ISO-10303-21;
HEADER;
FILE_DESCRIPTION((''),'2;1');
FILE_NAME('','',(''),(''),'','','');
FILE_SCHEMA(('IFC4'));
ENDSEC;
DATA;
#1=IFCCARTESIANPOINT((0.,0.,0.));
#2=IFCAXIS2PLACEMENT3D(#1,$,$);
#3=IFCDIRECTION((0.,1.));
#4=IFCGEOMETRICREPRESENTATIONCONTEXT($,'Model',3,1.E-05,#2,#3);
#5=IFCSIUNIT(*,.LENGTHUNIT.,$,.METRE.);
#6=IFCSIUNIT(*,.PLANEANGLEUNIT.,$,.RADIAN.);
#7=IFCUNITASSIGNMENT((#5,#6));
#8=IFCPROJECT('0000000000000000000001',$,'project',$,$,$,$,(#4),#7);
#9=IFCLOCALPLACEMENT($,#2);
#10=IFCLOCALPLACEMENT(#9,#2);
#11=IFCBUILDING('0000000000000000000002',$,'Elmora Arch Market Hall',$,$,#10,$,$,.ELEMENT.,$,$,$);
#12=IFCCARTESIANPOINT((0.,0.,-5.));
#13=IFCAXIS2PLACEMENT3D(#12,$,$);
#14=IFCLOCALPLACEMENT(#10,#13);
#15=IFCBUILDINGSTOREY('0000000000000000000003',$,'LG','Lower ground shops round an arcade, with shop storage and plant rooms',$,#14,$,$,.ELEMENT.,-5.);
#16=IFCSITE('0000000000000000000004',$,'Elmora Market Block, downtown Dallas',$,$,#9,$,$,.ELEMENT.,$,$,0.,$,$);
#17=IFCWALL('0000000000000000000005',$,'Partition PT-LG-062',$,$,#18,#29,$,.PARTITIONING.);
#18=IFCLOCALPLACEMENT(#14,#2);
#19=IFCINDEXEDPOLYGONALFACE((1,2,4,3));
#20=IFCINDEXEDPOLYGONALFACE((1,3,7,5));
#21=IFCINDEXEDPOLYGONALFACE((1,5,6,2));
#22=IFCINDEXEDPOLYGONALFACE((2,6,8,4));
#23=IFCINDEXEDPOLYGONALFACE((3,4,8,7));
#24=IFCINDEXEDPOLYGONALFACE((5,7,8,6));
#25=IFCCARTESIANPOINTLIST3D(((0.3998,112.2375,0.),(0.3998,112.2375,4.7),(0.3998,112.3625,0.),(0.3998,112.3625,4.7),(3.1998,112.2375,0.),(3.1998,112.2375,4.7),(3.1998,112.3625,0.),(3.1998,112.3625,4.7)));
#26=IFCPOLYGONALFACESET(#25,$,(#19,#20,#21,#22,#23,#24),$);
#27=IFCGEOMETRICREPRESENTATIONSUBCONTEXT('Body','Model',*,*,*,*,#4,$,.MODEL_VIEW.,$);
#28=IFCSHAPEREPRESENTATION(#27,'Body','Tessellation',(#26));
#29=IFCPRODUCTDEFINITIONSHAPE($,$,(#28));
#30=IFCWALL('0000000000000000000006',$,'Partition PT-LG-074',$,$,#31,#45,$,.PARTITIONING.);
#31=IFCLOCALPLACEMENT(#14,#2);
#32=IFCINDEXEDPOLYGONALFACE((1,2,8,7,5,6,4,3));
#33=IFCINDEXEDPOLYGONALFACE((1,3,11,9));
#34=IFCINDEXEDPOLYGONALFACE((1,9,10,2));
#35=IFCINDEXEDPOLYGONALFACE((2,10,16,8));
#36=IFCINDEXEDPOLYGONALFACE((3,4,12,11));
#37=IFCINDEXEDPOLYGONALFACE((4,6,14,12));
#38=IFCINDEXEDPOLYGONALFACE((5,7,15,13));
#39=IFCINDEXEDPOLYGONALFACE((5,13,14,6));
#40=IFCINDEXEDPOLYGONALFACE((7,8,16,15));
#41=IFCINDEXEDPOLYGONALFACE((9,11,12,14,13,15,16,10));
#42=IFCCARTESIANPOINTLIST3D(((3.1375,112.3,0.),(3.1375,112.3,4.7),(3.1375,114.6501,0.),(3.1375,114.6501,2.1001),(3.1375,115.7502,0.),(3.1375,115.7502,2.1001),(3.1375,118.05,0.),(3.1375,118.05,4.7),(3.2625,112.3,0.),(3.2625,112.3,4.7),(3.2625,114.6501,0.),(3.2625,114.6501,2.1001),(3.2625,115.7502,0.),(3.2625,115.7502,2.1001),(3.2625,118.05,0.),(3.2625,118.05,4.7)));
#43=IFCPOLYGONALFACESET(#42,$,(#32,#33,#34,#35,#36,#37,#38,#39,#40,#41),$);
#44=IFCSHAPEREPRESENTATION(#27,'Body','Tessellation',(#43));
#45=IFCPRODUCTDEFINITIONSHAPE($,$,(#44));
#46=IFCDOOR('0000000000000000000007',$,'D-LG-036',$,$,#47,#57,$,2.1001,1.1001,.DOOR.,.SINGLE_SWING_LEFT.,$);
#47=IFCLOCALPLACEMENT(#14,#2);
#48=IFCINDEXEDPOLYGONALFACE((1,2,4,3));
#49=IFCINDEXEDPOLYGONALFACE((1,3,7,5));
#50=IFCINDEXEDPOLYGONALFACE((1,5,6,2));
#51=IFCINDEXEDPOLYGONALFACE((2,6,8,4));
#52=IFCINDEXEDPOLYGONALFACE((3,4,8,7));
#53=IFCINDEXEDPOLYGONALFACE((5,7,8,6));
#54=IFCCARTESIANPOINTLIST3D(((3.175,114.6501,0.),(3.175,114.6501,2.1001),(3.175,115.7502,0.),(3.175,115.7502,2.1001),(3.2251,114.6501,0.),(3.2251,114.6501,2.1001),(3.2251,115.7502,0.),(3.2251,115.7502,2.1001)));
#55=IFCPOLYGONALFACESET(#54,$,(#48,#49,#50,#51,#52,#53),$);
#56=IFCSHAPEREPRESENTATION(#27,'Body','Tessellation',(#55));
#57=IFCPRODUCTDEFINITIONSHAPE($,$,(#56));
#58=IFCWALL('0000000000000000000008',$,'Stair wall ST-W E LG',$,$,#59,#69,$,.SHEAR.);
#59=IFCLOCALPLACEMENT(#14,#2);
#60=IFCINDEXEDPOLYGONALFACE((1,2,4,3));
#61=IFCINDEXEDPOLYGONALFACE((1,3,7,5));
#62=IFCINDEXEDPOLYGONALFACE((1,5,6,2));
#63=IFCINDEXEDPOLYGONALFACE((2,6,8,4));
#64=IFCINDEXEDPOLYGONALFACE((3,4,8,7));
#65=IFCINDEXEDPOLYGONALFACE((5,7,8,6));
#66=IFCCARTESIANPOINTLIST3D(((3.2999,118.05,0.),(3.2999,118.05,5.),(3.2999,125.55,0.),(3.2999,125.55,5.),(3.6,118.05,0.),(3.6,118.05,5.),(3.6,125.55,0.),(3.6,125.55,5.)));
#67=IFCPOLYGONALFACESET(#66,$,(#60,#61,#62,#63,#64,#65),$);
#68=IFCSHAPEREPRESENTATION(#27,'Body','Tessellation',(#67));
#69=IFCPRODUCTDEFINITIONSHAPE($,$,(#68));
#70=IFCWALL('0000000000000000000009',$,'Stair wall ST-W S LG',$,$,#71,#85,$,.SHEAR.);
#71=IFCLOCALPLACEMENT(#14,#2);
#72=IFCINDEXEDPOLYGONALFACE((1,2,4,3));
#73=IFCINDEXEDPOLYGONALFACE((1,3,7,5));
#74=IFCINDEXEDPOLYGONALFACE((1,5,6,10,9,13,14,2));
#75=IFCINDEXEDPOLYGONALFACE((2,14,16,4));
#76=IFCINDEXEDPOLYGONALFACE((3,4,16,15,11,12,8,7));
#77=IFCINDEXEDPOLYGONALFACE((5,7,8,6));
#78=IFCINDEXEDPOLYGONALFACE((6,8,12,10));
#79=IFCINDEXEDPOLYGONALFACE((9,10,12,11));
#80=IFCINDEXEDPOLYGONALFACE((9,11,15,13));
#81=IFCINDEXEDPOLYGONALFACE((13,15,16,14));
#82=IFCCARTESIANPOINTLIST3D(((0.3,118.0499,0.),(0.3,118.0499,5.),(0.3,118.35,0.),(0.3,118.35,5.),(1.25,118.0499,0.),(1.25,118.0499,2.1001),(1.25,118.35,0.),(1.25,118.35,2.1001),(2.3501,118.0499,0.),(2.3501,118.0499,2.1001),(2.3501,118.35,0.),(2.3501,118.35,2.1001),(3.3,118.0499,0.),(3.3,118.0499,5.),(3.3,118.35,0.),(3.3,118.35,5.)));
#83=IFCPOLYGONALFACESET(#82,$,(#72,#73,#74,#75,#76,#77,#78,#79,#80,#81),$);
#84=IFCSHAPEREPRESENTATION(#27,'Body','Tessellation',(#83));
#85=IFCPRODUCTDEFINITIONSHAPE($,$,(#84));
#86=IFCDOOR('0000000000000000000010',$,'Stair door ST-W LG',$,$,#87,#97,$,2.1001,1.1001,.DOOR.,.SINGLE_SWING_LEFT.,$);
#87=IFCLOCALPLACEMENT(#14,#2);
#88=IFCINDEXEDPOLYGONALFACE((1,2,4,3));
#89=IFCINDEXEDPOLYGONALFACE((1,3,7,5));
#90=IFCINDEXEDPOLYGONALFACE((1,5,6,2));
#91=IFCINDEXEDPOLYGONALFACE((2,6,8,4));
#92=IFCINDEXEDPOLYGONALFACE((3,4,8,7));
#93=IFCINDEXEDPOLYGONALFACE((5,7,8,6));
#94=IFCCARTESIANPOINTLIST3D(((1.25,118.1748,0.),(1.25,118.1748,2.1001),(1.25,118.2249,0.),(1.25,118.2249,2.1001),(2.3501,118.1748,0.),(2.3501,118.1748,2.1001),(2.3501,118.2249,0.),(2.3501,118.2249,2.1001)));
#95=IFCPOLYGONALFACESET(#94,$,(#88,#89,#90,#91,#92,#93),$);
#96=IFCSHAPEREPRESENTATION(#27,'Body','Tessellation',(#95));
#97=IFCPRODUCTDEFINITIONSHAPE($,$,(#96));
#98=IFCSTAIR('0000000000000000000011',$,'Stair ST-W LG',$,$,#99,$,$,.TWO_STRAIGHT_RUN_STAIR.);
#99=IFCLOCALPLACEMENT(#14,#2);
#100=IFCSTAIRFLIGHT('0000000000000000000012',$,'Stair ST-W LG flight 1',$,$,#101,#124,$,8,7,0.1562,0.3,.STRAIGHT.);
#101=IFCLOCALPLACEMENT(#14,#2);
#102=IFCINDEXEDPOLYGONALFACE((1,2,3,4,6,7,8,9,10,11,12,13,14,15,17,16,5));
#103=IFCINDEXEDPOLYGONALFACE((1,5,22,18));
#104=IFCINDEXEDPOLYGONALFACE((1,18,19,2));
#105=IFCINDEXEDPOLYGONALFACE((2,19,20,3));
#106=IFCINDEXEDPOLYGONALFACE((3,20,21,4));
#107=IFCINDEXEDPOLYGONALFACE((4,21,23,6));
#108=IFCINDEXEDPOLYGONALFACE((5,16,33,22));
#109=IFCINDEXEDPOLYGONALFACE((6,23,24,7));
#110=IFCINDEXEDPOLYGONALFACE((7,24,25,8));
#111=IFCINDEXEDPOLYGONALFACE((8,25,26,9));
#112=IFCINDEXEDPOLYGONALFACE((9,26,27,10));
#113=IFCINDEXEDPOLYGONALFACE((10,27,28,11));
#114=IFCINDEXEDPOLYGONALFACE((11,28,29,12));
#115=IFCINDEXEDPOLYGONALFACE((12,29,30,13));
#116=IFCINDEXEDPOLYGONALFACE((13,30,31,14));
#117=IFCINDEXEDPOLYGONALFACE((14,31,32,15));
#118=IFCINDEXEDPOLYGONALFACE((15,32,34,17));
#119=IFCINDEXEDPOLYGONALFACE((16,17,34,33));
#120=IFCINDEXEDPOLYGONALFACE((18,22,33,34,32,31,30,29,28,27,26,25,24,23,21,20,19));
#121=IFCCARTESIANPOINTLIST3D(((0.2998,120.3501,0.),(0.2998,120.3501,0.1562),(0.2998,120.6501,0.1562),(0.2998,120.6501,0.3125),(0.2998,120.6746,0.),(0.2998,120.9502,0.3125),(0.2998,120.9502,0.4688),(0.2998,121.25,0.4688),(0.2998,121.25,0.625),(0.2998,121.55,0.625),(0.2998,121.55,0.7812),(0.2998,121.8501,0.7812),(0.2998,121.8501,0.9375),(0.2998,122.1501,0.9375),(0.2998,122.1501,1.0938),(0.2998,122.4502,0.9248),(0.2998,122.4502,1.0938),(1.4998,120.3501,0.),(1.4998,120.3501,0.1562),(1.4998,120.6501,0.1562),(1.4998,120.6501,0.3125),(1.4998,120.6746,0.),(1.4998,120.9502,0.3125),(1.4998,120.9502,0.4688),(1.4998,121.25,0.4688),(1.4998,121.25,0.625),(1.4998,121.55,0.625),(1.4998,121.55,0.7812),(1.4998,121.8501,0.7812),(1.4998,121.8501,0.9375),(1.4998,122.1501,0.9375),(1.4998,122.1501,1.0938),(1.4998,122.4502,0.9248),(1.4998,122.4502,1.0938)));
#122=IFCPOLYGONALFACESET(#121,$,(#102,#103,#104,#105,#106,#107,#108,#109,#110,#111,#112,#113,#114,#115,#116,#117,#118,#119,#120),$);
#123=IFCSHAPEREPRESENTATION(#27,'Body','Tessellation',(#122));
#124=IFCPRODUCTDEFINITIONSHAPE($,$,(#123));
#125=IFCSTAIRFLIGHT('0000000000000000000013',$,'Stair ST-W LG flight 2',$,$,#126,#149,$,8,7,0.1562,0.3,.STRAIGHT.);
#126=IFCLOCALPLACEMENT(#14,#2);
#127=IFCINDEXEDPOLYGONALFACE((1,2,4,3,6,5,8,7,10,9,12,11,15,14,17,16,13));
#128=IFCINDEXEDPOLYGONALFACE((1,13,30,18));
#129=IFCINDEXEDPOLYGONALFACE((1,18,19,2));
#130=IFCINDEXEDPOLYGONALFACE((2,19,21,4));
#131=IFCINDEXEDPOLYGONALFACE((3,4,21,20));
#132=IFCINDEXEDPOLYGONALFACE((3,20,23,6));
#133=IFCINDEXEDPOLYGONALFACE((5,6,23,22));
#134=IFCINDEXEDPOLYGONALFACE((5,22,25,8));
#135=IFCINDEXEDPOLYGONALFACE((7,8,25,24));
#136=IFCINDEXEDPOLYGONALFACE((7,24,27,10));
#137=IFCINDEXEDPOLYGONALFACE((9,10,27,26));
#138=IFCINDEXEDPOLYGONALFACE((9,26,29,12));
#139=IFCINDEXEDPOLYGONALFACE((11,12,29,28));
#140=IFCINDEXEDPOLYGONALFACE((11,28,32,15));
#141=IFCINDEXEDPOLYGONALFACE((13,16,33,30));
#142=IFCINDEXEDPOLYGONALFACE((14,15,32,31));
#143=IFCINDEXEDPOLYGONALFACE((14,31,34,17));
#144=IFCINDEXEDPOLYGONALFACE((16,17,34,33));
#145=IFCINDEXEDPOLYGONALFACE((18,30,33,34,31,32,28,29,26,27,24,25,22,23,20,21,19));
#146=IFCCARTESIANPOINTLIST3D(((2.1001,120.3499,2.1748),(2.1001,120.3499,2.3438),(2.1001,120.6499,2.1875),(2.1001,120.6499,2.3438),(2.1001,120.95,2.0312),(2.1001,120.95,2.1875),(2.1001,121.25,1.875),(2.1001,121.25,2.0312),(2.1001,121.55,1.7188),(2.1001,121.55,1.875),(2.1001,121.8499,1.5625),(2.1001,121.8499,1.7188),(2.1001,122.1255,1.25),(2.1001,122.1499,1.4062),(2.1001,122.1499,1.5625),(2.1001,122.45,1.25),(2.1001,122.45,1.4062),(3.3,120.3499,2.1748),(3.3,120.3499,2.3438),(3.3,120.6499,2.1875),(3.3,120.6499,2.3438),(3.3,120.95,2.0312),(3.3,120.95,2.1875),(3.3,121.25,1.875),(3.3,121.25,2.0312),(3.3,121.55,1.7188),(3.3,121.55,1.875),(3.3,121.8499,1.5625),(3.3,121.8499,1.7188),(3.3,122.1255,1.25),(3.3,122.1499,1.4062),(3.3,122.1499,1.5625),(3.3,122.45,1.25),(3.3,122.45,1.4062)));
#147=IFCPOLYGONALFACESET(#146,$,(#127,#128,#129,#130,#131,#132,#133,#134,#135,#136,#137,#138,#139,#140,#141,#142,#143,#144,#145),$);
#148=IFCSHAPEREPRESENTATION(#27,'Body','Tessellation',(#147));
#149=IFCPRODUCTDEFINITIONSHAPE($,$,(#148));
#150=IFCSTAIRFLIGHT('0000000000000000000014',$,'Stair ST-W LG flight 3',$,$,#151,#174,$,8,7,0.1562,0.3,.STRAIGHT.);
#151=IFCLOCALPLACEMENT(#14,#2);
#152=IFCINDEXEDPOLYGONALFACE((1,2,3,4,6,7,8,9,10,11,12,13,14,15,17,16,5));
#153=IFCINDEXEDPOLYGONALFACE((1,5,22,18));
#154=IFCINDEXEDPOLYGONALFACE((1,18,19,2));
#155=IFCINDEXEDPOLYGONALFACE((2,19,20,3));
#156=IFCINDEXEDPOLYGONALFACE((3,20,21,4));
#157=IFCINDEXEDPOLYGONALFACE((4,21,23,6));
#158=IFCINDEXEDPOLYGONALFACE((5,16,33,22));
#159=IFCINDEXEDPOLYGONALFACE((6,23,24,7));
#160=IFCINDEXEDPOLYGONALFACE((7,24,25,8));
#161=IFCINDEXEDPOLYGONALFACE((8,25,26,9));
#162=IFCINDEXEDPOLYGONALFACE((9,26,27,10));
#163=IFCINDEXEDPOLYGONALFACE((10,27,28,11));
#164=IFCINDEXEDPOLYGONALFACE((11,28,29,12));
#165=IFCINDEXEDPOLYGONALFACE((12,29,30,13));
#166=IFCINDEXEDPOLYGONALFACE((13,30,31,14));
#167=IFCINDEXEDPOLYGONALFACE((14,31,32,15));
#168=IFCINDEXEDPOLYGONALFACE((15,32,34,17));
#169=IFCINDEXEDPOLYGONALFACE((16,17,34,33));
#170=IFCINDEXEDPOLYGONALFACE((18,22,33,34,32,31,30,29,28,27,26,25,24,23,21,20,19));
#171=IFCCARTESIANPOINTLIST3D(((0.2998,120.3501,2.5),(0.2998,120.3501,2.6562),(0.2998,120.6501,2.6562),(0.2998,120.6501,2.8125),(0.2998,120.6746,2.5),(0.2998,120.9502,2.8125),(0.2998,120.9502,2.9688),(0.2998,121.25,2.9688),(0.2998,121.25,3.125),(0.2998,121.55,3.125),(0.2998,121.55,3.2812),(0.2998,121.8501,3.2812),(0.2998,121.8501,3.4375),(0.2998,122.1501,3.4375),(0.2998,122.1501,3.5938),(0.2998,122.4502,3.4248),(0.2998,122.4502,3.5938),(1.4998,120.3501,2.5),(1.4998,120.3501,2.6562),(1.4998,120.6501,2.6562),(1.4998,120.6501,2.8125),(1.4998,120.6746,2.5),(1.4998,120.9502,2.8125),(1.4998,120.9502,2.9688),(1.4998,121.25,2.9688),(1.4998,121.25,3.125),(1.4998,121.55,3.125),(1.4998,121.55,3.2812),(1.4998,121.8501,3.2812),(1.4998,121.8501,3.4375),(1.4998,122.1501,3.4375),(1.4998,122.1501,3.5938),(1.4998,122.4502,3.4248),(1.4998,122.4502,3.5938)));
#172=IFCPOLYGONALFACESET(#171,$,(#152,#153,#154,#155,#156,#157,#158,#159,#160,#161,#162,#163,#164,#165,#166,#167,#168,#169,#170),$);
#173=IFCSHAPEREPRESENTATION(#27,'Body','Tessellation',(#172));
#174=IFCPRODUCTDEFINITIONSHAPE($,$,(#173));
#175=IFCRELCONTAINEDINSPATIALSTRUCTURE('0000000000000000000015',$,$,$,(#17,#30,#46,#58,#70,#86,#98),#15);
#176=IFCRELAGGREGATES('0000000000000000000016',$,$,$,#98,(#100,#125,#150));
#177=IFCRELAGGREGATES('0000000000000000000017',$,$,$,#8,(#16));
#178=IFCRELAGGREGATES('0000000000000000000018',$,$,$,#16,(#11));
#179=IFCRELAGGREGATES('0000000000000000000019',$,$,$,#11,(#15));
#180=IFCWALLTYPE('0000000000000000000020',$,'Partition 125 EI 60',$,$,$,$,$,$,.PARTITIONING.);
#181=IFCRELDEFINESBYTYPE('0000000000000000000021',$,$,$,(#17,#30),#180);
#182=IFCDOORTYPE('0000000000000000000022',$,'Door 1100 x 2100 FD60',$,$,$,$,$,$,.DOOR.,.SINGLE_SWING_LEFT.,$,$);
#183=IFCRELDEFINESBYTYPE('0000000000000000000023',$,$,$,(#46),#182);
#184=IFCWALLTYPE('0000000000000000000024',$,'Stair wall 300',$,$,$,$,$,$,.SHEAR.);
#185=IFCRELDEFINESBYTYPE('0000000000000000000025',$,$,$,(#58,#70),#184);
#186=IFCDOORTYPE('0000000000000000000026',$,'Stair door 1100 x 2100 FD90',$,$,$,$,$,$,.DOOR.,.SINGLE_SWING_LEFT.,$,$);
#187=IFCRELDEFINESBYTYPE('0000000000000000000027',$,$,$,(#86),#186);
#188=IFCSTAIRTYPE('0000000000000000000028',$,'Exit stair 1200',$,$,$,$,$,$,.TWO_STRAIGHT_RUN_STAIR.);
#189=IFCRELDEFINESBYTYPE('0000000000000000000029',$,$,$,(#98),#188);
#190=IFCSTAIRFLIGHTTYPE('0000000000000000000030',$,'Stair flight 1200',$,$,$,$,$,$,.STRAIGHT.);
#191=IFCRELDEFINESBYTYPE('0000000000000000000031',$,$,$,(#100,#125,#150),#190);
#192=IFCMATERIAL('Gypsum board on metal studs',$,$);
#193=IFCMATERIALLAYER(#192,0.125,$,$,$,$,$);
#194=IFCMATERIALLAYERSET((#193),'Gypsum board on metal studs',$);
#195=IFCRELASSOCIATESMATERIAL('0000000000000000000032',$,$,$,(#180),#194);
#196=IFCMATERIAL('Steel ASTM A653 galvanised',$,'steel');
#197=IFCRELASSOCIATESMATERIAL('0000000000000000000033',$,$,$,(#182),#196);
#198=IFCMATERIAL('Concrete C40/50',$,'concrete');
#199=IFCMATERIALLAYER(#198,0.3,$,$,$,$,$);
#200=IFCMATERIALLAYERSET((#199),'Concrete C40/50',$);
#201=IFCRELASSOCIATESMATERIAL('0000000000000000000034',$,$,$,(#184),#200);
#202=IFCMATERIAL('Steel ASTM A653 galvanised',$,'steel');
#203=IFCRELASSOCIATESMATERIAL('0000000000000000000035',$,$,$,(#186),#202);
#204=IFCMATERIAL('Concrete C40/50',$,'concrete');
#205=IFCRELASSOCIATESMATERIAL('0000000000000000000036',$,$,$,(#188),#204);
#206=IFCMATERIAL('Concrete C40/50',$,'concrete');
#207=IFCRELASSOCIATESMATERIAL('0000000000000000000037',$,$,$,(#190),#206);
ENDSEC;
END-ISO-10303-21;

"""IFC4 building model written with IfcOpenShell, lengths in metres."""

from ifc_helpers import new_model, si_unit, direction, frame, frame_2d, origin, place, context, subcontext, project, spatial, polyline, rectangle, outline, extrude, material, layer, layer_set, type_object, element, fill, aggregate, save


model = new_model("IFC4")

# Units and contexts
model_context = context("Model", 3, precision=1e-05, world=origin(), true_north=direction((0.0, 1.0)))
body_context = subcontext(model_context, "Body", "Model", "MODEL_VIEW")
ifc_project = project(units=[si_unit("LENGTHUNIT", "METRE"), si_unit("PLANEANGLEUNIT", "RADIAN")], contexts=[model_context])

# Site, building, storey
site_placement = place(None, origin())
site = spatial("IfcSite", under=ifc_project, at=site_placement, Name="Elmora Market Block, downtown Dallas", CompositionType="ELEMENT", RefElevation=0.0)
building_placement = place(site_placement, origin())
building = spatial("IfcBuilding", under=site, at=building_placement, Name="Elmora Arch Market Hall", CompositionType="ELEMENT")
storey_placement = place(building_placement, frame((0.0, 0.0, -5.0)))
storey = spatial("IfcBuildingStorey", under=building, at=storey_placement, Name="LG", Description="Lower ground shops round an arcade, with shop storage and plant rooms", CompositionType="ELEMENT", Elevation=-5.0)

# Wall
ifc_material_1 = material(Name="Gypsum board on metal studs")
ifc_layer_1 = layer(ifc_material_1, 0.125)
ifc_layer_set_1 = layer_set([ifc_layer_1], Name="Gypsum board on metal studs")
wall_type_1 = type_object("IfcWallType", Name="Partition 125 EI 60", PredefinedType="PARTITIONING", material=ifc_layer_set_1)
wall_1_placement = place(storey_placement, frame((0.3999, 112.3, 0.0), z_axis=(0.0, 0.0, 1.0), x_axis=(1.0, 0.0, 0.0)))
element("IfcWall", 1, at=wall_1_placement, inside=storey, type_object=wall_type_1, Name="Partition PT-LG-062", PredefinedType="PARTITIONING", context=body_context, shape_type="SweptSolid", body=[
    extrude(rectangle(XDim=2.8, YDim=0.125, at=frame_2d((1.3999, 0.0))), origin(), (0.0, 0.0, 1.0), 4.7),
])

# Wall, opening, door
wall_2_placement = place(storey_placement, frame((3.2, 112.3, 0.0), z_axis=(0.0, 0.0, 1.0), x_axis=(0.0, 1.0, 0.0)))
wall_2 = element("IfcWall", 2, at=wall_2_placement, inside=storey, type_object=wall_type_1, Name="Partition PT-LG-074", PredefinedType="PARTITIONING", context=body_context, shape_type="SweptSolid", body=[
    extrude(rectangle(XDim=5.75, YDim=0.125, at=frame_2d((2.875, 0.0))), origin(), (0.0, 0.0, 1.0), 4.7),
])
opening_1_placement = place(wall_2_placement, frame((2.3501, 0.0, 0.0)))
opening_1 = element("IfcOpeningElement", 3, at=opening_1_placement, cuts=wall_2, PredefinedType="OPENING", context=body_context, shape_type="SweptSolid", body=[
    extrude(rectangle(XDim=1.1001, YDim=2.1001, at=frame_2d((0.55, 1.05))), frame((0.0, 0.0725, 0.0), z_axis=(0.0, -1.0, 0.0), x_axis=(1.0, 0.0, 0.0)), (0.0, 0.0, 1.0), 0.145),
])
ifc_material_2 = material(Name="Steel ASTM A653 galvanised", Category="steel")
door_type_1 = type_object("IfcDoorType", Name="Door 1100 x 2100 FD60", OperationType="SINGLE_SWING_LEFT", PredefinedType="DOOR", material=ifc_material_2)
door_1_placement = place(opening_1_placement, origin())
door_1 = element("IfcDoor", 4, at=door_1_placement, inside=storey, type_object=door_type_1, Name="D-LG-036", OperationType="SINGLE_SWING_LEFT", OverallHeight=2.1001, OverallWidth=1.1001, PredefinedType="DOOR", context=body_context, shape_type="SweptSolid", body=[
    extrude(rectangle(XDim=1.1001, YDim=2.1001, at=frame_2d((0.55, 1.05))), frame((0.0, 0.0249, 0.0), z_axis=(0.0, -1.0, 0.0), x_axis=(1.0, 0.0, 0.0)), (0.0, 0.0, 1.0), 0.05),
])
fill(opening_1, door_1)

# Wall
ifc_material_3 = material(Name="Concrete C40/50", Category="concrete")
ifc_layer_2 = layer(ifc_material_3, 0.3)
ifc_layer_set_2 = layer_set([ifc_layer_2], Name="Concrete C40/50")
wall_type_2 = type_object("IfcWallType", Name="Stair wall 300", PredefinedType="SHEAR", material=ifc_layer_set_2)
wall_3_placement = place(storey_placement, frame((3.45, 118.05, 0.0), z_axis=(0.0, 0.0, 1.0), x_axis=(0.0, 1.0, 0.0)))
element("IfcWall", 5, at=wall_3_placement, inside=storey, type_object=wall_type_2, Name="Stair wall ST-W E LG", PredefinedType="SHEAR", context=body_context, shape_type="SweptSolid", body=[
    extrude(rectangle(XDim=7.5, YDim=0.3, at=frame_2d((3.75, 0.0))), origin(), (0.0, 0.0, 1.0), 5.0),
])

# Wall, opening, door
wall_4_placement = place(storey_placement, frame((0.3, 118.2, 0.0), z_axis=(0.0, 0.0, 1.0), x_axis=(1.0, 0.0, 0.0)))
wall_4 = element("IfcWall", 6, at=wall_4_placement, inside=storey, type_object=wall_type_2, Name="Stair wall ST-W S LG", PredefinedType="SHEAR", context=body_context, shape_type="SweptSolid", body=[
    extrude(rectangle(XDim=3.0, YDim=0.3, at=frame_2d((1.5, 0.0))), origin(), (0.0, 0.0, 1.0), 5.0),
])
opening_2_placement = place(wall_4_placement, frame((0.95, 0.0, 0.0)))
opening_2 = element("IfcOpeningElement", 7, at=opening_2_placement, cuts=wall_4, PredefinedType="OPENING", context=body_context, shape_type="SweptSolid", body=[
    extrude(rectangle(XDim=1.1001, YDim=2.1001, at=frame_2d((0.55, 1.05))), frame((0.0, 0.1599, 0.0), z_axis=(0.0, -1.0, 0.0), x_axis=(1.0, 0.0, 0.0)), (0.0, 0.0, 1.0), 0.3201),
])
ifc_material_4 = material(Name="Steel ASTM A653 galvanised", Category="steel")
door_type_2 = type_object("IfcDoorType", Name="Stair door 1100 x 2100 FD90", OperationType="SINGLE_SWING_LEFT", PredefinedType="DOOR", material=ifc_material_4)
door_2_placement = place(opening_2_placement, origin())
door_2 = element("IfcDoor", 8, at=door_2_placement, inside=storey, type_object=door_type_2, Name="Stair door ST-W LG", OperationType="SINGLE_SWING_LEFT", OverallHeight=2.1001, OverallWidth=1.1001, PredefinedType="DOOR", context=body_context, shape_type="SweptSolid", body=[
    extrude(rectangle(XDim=1.1001, YDim=2.1001, at=frame_2d((0.55, 1.05))), frame((0.0, 0.0249, 0.0), z_axis=(0.0, -1.0, 0.0), x_axis=(1.0, 0.0, 0.0)), (0.0, 0.0, 1.0), 0.05),
])
fill(opening_2, door_2)

# Stair, stair flights
ifc_material_5 = material(Name="Concrete C40/50", Category="concrete")
stair_type = type_object("IfcStairType", Name="Exit stair 1200", PredefinedType="TWO_STRAIGHT_RUN_STAIR", material=ifc_material_5)
stair_placement = place(storey_placement, origin())
stair = element("IfcStair", 9, at=stair_placement, inside=storey, type_object=stair_type, Name="Stair ST-W LG", PredefinedType="TWO_STRAIGHT_RUN_STAIR")
ifc_material_6 = material(Name="Concrete C40/50", Category="concrete")
stair_flight_type = type_object("IfcStairFlightType", Name="Stair flight 1200", PredefinedType="STRAIGHT", material=ifc_material_6)
stair_flight_1_placement = place(storey_placement, frame((0.8999, 120.3501, 0.0), z_axis=(0.0, 0.0, 1.0), x_axis=(0.0, 1.0, 0.0)))
stair_flight_1 = element("IfcStairFlight", 10, at=stair_flight_1_placement, type_object=stair_flight_type, Name="Stair ST-W LG flight 1", NumberOfRisers=8, NumberOfTreads=7, PredefinedType="STRAIGHT", RiserHeight=0.1562, TreadLength=0.3, context=body_context, shape_type="SweptSolid", body=[
    extrude(outline(polyline([(0.0, 0.0), (0.0, 0.1562), (0.3, 0.1562), (0.3, 0.3125), (0.6001, 0.3125), (0.6001, 0.4688), (0.8999, 0.4688), (0.8999, 0.625), (1.2, 0.625), (1.2, 0.7812), (1.5, 0.7812), (1.5, 0.9375), (1.8, 0.9375), (1.8, 1.0938), (2.1001, 1.0938), (2.1001, 1.25), (2.1001, 0.9248), (0.3245, 0.0), (0.0, 0.0)])), frame((0.0, 0.6001, 0.0), z_axis=(0.0, -1.0, 0.0), x_axis=(1.0, 0.0, 0.0)), (0.0, 0.0, 1.0), 1.2),
])
stair_flight_2_placement = place(storey_placement, frame((2.7, 122.45, 1.25), z_axis=(0.0, 0.0, 1.0), x_axis=(0.0, -1.0, 0.0)))
stair_flight_2 = element("IfcStairFlight", 11, at=stair_flight_2_placement, type_object=stair_flight_type, Name="Stair ST-W LG flight 2", NumberOfRisers=8, NumberOfTreads=7, PredefinedType="STRAIGHT", RiserHeight=0.1562, TreadLength=0.3, context=body_context, shape_type="SweptSolid", body=[
    extrude(outline(polyline([(0.0, 0.0), (0.0, 0.1562), (0.3, 0.1562), (0.3, 0.3125), (0.6001, 0.3125), (0.6001, 0.4688), (0.8999, 0.4688), (0.8999, 0.625), (1.2, 0.625), (1.2, 0.7812), (1.5, 0.7812), (1.5, 0.9375), (1.8, 0.9375), (1.8, 1.0938), (2.1001, 1.0938), (2.1001, 1.25), (2.1001, 0.9248), (0.3245, 0.0), (0.0, 0.0)])), frame((0.0, 0.6001, 0.0), z_axis=(0.0, -1.0, 0.0), x_axis=(1.0, 0.0, 0.0)), (0.0, 0.0, 1.0), 1.2),
])
stair_flight_3_placement = place(storey_placement, frame((0.8999, 120.3501, 2.5), z_axis=(0.0, 0.0, 1.0), x_axis=(0.0, 1.0, 0.0)))
stair_flight_3 = element("IfcStairFlight", 12, at=stair_flight_3_placement, type_object=stair_flight_type, Name="Stair ST-W LG flight 3", NumberOfRisers=8, NumberOfTreads=7, PredefinedType="STRAIGHT", RiserHeight=0.1562, TreadLength=0.3, context=body_context, shape_type="SweptSolid", body=[
    extrude(outline(polyline([(0.0, 0.0), (0.0, 0.1562), (0.3, 0.1562), (0.3, 0.3125), (0.6001, 0.3125), (0.6001, 0.4688), (0.8999, 0.4688), (0.8999, 0.625), (1.2, 0.625), (1.2, 0.7812), (1.5, 0.7812), (1.5, 0.9375), (1.8, 0.9375), (1.8, 1.0938), (2.1001, 1.0938), (2.1001, 1.25), (2.1001, 0.9248), (0.3245, 0.0), (0.0, 0.0)])), frame((0.0, 0.6001, 0.0), z_axis=(0.0, -1.0, 0.0), x_axis=(1.0, 0.0, 0.0)), (0.0, 0.0, 1.0), 1.2),
])
aggregate(stair, [stair_flight_1, stair_flight_2, stair_flight_3])

save(model, "model.ifc")
